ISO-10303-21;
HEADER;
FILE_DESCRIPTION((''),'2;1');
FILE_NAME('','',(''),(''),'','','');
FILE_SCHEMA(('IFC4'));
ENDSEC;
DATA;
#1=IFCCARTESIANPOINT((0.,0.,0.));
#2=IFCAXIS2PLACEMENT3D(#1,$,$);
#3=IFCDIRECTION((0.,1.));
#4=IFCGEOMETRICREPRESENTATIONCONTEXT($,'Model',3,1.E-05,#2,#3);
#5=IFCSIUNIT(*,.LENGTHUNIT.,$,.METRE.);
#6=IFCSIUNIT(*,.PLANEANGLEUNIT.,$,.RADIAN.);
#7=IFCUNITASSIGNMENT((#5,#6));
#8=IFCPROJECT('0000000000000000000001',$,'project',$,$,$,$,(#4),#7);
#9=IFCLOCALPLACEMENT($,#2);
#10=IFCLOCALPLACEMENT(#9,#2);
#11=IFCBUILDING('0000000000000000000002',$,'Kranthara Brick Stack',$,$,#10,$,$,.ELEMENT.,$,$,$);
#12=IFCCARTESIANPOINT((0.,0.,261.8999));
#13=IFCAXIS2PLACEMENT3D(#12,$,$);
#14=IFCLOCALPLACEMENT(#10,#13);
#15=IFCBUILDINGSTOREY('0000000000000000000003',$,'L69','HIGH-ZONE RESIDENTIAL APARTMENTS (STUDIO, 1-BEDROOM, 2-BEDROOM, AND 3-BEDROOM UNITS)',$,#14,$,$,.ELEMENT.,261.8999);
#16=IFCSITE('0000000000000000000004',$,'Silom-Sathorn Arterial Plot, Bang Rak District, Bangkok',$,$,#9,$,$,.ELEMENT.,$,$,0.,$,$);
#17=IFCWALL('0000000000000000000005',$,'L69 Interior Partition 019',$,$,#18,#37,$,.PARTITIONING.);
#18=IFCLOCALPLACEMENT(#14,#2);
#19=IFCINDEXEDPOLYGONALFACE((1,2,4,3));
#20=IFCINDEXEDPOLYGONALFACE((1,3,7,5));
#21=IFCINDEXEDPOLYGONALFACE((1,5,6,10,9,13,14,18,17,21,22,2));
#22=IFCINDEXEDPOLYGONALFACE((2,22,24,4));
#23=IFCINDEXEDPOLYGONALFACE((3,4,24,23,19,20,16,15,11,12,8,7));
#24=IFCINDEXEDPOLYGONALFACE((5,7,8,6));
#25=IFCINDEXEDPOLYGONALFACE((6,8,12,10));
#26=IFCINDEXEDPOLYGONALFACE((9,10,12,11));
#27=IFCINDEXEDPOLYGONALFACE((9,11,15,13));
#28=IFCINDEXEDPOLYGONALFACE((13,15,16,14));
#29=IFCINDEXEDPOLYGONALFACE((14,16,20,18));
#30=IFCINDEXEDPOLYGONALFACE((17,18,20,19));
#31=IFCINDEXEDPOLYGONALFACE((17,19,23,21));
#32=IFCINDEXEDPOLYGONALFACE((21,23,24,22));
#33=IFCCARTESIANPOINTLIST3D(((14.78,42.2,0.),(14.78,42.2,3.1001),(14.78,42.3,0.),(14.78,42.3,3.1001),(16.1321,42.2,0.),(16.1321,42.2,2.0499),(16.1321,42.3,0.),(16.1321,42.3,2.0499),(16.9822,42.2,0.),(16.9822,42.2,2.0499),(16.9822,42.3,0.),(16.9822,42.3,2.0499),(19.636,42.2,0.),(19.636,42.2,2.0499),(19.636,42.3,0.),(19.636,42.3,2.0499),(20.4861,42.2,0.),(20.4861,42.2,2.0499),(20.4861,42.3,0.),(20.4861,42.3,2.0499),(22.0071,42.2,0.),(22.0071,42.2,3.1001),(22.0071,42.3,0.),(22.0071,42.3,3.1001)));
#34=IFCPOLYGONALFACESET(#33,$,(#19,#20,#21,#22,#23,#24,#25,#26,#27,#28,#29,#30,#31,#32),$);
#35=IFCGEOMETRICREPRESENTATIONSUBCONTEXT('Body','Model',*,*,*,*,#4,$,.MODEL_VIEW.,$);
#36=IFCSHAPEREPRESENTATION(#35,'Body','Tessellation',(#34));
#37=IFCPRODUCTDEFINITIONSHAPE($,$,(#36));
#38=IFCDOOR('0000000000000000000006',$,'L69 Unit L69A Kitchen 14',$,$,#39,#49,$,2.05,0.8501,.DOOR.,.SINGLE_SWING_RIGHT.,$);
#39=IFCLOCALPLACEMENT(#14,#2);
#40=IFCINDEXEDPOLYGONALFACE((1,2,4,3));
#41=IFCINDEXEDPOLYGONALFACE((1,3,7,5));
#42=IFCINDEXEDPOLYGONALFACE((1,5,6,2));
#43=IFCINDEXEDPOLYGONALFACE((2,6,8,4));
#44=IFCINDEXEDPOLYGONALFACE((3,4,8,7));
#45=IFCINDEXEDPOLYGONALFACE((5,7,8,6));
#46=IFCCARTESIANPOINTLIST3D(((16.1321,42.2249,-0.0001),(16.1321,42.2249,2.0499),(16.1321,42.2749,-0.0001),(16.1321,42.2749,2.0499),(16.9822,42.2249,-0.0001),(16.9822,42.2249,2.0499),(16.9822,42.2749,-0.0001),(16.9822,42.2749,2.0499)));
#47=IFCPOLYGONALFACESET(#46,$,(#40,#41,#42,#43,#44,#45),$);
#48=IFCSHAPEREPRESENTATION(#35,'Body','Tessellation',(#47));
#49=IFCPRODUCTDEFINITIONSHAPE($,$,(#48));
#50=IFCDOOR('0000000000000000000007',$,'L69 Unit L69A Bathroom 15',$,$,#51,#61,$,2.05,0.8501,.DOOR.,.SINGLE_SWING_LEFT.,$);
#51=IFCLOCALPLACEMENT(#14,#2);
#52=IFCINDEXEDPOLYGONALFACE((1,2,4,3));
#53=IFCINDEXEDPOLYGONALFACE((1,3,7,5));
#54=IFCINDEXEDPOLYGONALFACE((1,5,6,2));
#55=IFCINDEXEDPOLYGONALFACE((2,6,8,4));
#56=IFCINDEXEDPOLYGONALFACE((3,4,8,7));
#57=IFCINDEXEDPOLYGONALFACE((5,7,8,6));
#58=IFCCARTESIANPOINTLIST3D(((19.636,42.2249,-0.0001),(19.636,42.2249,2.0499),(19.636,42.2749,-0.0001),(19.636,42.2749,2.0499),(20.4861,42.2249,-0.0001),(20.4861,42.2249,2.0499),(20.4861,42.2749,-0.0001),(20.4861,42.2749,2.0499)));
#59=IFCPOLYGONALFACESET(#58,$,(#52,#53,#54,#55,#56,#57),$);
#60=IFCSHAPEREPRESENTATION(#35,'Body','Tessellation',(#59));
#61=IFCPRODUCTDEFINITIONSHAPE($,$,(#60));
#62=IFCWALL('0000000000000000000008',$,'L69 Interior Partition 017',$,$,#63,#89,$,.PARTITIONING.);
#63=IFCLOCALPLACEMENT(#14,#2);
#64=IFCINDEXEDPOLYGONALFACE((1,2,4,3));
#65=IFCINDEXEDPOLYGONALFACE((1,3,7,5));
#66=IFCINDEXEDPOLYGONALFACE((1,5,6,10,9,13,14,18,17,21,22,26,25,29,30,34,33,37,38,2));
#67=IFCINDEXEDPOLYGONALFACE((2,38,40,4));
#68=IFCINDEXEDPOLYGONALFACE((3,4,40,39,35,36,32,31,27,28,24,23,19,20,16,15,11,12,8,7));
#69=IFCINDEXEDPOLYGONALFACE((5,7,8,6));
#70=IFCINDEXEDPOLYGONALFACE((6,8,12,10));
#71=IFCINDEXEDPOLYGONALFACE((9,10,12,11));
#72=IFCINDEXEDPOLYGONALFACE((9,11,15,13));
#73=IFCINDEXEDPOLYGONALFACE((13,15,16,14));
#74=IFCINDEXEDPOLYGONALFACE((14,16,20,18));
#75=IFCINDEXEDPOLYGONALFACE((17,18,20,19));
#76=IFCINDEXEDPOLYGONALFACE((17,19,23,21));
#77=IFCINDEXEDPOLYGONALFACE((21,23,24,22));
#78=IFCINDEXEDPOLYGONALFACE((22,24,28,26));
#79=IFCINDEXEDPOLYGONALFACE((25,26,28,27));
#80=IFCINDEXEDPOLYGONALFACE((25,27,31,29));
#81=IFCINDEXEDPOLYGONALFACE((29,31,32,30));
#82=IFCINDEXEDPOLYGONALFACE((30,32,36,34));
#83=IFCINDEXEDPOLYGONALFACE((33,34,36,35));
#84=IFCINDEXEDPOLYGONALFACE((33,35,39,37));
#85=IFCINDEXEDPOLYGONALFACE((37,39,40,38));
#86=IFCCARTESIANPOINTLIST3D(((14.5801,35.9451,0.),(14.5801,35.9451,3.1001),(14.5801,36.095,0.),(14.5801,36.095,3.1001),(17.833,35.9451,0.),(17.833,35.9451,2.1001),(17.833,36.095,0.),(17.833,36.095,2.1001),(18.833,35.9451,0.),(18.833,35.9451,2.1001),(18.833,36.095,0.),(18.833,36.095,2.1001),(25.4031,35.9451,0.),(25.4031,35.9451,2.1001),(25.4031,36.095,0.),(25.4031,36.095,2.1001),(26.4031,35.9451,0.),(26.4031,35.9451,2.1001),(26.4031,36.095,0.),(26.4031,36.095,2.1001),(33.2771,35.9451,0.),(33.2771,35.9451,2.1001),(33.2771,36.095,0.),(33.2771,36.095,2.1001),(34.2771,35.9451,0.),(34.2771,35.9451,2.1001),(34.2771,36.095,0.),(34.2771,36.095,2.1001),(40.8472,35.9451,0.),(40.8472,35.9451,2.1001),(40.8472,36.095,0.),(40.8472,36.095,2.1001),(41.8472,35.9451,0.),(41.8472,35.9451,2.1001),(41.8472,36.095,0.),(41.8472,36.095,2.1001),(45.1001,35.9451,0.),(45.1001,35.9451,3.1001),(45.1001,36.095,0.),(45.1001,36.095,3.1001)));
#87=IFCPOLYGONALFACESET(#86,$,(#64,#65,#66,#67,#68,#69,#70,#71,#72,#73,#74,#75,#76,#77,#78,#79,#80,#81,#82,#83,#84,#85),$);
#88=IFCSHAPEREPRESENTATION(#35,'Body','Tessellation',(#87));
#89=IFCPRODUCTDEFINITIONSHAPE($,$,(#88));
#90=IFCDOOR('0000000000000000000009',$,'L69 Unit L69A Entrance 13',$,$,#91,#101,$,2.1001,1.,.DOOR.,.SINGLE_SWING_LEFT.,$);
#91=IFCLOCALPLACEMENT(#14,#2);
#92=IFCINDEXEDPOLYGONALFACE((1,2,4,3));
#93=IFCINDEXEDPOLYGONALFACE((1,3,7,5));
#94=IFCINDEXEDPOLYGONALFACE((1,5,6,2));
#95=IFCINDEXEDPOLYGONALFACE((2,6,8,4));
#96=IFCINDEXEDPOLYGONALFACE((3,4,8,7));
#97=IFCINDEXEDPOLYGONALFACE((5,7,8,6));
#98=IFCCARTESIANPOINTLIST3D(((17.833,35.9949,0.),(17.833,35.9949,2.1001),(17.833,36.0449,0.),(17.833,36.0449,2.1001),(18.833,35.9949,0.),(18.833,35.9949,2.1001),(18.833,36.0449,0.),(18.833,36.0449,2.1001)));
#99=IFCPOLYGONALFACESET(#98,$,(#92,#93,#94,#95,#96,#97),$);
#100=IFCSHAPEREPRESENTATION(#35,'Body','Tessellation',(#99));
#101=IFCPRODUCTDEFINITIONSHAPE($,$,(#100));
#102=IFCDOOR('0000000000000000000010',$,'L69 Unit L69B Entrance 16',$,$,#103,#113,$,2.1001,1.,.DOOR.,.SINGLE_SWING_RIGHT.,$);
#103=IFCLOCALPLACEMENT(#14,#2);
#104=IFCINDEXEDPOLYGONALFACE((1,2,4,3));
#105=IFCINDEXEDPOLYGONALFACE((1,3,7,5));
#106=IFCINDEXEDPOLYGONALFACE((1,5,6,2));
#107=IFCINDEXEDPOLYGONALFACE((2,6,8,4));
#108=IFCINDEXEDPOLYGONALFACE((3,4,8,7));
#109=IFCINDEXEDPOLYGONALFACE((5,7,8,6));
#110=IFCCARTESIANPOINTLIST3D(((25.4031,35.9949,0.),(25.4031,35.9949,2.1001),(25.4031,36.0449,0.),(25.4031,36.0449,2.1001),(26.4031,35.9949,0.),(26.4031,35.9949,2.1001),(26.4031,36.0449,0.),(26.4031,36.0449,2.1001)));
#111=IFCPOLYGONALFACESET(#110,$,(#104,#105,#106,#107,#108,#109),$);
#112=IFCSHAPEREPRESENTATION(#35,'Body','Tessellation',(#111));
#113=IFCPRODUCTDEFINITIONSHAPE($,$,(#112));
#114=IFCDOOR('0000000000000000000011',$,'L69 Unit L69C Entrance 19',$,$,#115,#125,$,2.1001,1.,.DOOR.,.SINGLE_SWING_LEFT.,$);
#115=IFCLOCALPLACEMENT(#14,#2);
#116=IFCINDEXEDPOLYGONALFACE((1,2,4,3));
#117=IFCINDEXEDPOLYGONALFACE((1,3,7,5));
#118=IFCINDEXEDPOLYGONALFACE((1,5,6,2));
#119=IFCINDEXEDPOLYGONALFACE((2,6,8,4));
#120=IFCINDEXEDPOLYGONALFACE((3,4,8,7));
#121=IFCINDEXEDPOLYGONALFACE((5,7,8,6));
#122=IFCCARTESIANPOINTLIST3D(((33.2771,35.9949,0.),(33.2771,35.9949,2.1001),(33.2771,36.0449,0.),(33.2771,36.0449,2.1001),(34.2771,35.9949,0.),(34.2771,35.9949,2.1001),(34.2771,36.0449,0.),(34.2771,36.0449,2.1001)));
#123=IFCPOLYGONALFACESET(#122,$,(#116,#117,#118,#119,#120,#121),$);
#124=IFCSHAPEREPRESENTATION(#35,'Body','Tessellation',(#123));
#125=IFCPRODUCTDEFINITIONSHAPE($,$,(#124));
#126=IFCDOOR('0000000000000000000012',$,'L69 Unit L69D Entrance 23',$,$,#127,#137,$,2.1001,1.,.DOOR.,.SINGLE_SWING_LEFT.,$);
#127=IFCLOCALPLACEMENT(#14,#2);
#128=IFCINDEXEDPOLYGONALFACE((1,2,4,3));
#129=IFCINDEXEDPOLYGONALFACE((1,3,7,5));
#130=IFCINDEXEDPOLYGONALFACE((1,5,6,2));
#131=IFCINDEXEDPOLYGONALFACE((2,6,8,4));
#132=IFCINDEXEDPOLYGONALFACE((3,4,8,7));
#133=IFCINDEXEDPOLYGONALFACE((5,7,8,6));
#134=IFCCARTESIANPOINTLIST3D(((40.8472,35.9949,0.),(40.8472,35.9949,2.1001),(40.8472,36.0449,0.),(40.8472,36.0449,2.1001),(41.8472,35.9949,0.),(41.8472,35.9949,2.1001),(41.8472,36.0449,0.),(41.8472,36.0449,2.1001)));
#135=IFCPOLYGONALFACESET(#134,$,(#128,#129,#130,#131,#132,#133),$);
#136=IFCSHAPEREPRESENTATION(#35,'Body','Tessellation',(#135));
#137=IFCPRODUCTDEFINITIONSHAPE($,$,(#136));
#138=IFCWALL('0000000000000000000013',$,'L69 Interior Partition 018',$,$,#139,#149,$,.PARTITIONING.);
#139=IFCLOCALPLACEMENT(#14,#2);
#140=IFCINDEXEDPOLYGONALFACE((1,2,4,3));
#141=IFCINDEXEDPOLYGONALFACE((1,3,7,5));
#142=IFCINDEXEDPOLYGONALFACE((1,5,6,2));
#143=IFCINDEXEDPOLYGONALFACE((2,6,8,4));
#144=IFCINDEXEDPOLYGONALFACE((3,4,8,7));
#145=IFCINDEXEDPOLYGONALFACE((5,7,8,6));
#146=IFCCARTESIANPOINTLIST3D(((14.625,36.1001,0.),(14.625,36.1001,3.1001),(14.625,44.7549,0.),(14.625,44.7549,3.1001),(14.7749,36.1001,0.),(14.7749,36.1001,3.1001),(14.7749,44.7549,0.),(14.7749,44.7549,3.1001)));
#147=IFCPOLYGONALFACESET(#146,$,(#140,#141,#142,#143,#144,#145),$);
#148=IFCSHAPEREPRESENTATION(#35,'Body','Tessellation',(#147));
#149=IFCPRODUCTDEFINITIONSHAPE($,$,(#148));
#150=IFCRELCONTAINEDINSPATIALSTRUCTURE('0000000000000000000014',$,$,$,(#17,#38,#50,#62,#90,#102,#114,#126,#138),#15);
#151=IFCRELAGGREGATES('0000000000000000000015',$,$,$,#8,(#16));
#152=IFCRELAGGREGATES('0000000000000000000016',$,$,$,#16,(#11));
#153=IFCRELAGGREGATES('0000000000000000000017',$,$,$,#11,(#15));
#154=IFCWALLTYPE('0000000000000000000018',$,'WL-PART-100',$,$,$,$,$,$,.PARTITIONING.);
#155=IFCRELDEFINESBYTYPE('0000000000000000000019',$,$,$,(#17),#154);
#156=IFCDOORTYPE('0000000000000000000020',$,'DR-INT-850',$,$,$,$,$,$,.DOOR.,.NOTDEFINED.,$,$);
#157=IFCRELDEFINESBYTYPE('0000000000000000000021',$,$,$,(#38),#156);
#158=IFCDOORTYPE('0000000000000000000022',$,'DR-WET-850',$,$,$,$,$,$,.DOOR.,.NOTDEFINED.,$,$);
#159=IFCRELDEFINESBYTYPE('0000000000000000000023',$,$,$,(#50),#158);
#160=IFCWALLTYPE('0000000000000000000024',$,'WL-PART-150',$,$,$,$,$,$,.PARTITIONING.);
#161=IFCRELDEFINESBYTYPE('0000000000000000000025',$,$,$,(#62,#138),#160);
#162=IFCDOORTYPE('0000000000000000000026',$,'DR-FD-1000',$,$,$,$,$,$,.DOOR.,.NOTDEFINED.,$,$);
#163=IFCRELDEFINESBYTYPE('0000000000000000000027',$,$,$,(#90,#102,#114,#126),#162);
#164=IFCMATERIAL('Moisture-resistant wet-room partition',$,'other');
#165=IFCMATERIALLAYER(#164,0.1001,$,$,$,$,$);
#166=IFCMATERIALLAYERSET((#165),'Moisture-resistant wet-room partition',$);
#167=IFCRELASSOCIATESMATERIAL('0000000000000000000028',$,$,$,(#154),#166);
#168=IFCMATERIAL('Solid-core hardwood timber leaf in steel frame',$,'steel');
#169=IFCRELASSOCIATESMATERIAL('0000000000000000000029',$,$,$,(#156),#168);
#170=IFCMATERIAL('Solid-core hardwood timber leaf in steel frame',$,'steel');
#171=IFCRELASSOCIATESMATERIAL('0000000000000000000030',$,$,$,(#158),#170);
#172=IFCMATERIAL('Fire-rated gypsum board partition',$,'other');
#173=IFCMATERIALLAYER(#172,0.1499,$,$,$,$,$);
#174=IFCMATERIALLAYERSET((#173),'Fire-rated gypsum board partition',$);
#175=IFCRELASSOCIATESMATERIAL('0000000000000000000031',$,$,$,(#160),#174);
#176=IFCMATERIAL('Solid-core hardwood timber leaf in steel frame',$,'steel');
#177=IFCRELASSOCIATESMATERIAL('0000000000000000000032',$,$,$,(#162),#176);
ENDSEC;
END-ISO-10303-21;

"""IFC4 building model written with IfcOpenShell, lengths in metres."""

from ifc_helpers import new_model, si_unit, direction, frame, frame_2d, origin, place, context, subcontext, project, spatial, rectangle, extrude, material, layer, layer_set, type_object, element, fill, save


model = new_model("IFC4")

# Units and contexts
model_context = context("Model", 3, precision=1e-05, world=origin(), true_north=direction((0.0, 1.0)))
body_context = subcontext(model_context, "Body", "Model", "MODEL_VIEW")
ifc_project = project(units=[si_unit("LENGTHUNIT", "METRE"), si_unit("PLANEANGLEUNIT", "RADIAN")], contexts=[model_context])

# Site, building, storey
site_placement = place(None, origin())
site = spatial("IfcSite", under=ifc_project, at=site_placement, Name="Silom-Sathorn Arterial Plot, Bang Rak District, Bangkok", CompositionType="ELEMENT", RefElevation=0.0)
building_placement = place(site_placement, origin())
building = spatial("IfcBuilding", under=site, at=building_placement, Name="Kranthara Brick Stack", CompositionType="ELEMENT")
storey_placement = place(building_placement, frame((0.0, 0.0, 261.8999)))
storey = spatial("IfcBuildingStorey", under=building, at=storey_placement, Name="L69", Description="HIGH-ZONE RESIDENTIAL APARTMENTS (STUDIO, 1-BEDROOM, 2-BEDROOM, AND 3-BEDROOM UNITS)", CompositionType="ELEMENT", Elevation=261.8999)

# Walls, openings, doors
ifc_material_1 = material(Name="Moisture-resistant wet-room partition", Category="other")
ifc_layer_1 = layer(ifc_material_1, 0.1001)
ifc_layer_set_1 = layer_set([ifc_layer_1], Name="Moisture-resistant wet-room partition")
wall_type_1 = type_object("IfcWallType", Name="WL-PART-100", PredefinedType="PARTITIONING", material=ifc_layer_set_1)
wall_1_placement = place(storey_placement, frame((14.78, 42.25, 0.0), z_axis=(0.0, 0.0, 1.0), x_axis=(1.0, 0.0, 0.0)))
wall_1 = element("IfcWall", 1, at=wall_1_placement, inside=storey, type_object=wall_type_1, Name="L69 Interior Partition 019", PredefinedType="PARTITIONING", context=body_context, shape_type="SweptSolid", body=[
    extrude(rectangle(XDim=7.2271, YDim=0.1001, at=frame_2d((3.6135, 0.0))), origin(), (0.0, 0.0, 1.0), 3.1001),
])
opening_1_placement = place(wall_1_placement, frame((1.3521, 0.0, 0.0)))
opening_1 = element("IfcOpeningElement", 2, at=opening_1_placement, cuts=wall_1, PredefinedType="OPENING", context=body_context, shape_type="SweptSolid", body=[
    extrude(rectangle(XDim=0.8501, YDim=2.05, at=frame_2d((0.425, 1.0249))), frame((0.0, 0.0601, 0.0), z_axis=(0.0, -1.0, 0.0), x_axis=(1.0, 0.0, 0.0)), (0.0, 0.0, 1.0), 0.1201),
])
opening_2_placement = place(wall_1_placement, frame((4.856, 0.0, 0.0)))
opening_2 = element("IfcOpeningElement", 3, at=opening_2_placement, cuts=wall_1, PredefinedType="OPENING", context=body_context, shape_type="SweptSolid", body=[
    extrude(rectangle(XDim=0.8501, YDim=2.05, at=frame_2d((0.425, 1.0249))), frame((0.0, 0.0601, 0.0), z_axis=(0.0, -1.0, 0.0), x_axis=(1.0, 0.0, 0.0)), (0.0, 0.0, 1.0), 0.1201),
])
ifc_material_2 = material(Name="Solid-core hardwood timber leaf in steel frame", Category="steel")
door_type_1 = type_object("IfcDoorType", Name="DR-INT-850", OperationType="NOTDEFINED", PredefinedType="DOOR", material=ifc_material_2)
door_1_placement = place(opening_1_placement, origin())
door_1 = element("IfcDoor", 4, at=door_1_placement, inside=storey, type_object=door_type_1, Name="L69 Unit L69A Kitchen 14", OperationType="SINGLE_SWING_RIGHT", OverallHeight=2.05, OverallWidth=0.8501, PredefinedType="DOOR", context=body_context, shape_type="SweptSolid", body=[
    extrude(rectangle(XDim=0.8501, YDim=2.05, at=frame_2d((0.425, 1.0249))), frame((0.0, 0.0249, 0.0), z_axis=(0.0, -1.0, 0.0), x_axis=(1.0, 0.0, 0.0)), (0.0, 0.0, 1.0), 0.05),
])
fill(opening_1, door_1)
ifc_material_3 = material(Name="Solid-core hardwood timber leaf in steel frame", Category="steel")
door_type_2 = type_object("IfcDoorType", Name="DR-WET-850", OperationType="NOTDEFINED", PredefinedType="DOOR", material=ifc_material_3)
door_2_placement = place(opening_2_placement, origin())
door_2 = element("IfcDoor", 5, at=door_2_placement, inside=storey, type_object=door_type_2, Name="L69 Unit L69A Bathroom 15", OperationType="SINGLE_SWING_LEFT", OverallHeight=2.05, OverallWidth=0.8501, PredefinedType="DOOR", context=body_context, shape_type="SweptSolid", body=[
    extrude(rectangle(XDim=0.8501, YDim=2.05, at=frame_2d((0.425, 1.0249))), frame((0.0, 0.0249, 0.0), z_axis=(0.0, -1.0, 0.0), x_axis=(1.0, 0.0, 0.0)), (0.0, 0.0, 1.0), 0.05),
])
fill(opening_2, door_2)
ifc_material_4 = material(Name="Fire-rated gypsum board partition", Category="other")
ifc_layer_2 = layer(ifc_material_4, 0.1499)
ifc_layer_set_2 = layer_set([ifc_layer_2], Name="Fire-rated gypsum board partition")
wall_type_2 = type_object("IfcWallType", Name="WL-PART-150", PredefinedType="PARTITIONING", material=ifc_layer_set_2)
wall_2_placement = place(storey_placement, frame((14.5801, 36.02, 0.0), z_axis=(0.0, 0.0, 1.0), x_axis=(1.0, 0.0, 0.0)))
wall_2 = element("IfcWall", 6, at=wall_2_placement, inside=storey, type_object=wall_type_2, Name="L69 Interior Partition 017", PredefinedType="PARTITIONING", context=body_context, shape_type="SweptSolid", body=[
    extrude(rectangle(XDim=30.52, YDim=0.1499, at=frame_2d((15.26, 0.0))), origin(), (0.0, 0.0, 1.0), 3.1001),
])
opening_3_placement = place(wall_2_placement, frame((3.2529, 0.0, 0.0)))
opening_3 = element("IfcOpeningElement", 7, at=opening_3_placement, cuts=wall_2, PredefinedType="OPENING", context=body_context, shape_type="SweptSolid", body=[
    extrude(rectangle(XDim=1.0, YDim=2.1001, at=frame_2d((0.5, 1.05))), frame((0.0, 0.085, 0.0), z_axis=(0.0, -1.0, 0.0), x_axis=(1.0, 0.0, 0.0)), (0.0, 0.0, 1.0), 0.1699),
])
opening_4_placement = place(wall_2_placement, frame((10.823, 0.0, 0.0)))
opening_4 = element("IfcOpeningElement", 8, at=opening_4_placement, cuts=wall_2, PredefinedType="OPENING", context=body_context, shape_type="SweptSolid", body=[
    extrude(rectangle(XDim=1.0, YDim=2.1001, at=frame_2d((0.5, 1.05))), frame((0.0, 0.085, 0.0), z_axis=(0.0, -1.0, 0.0), x_axis=(1.0, 0.0, 0.0)), (0.0, 0.0, 1.0), 0.1699),
])
opening_5_placement = place(wall_2_placement, frame((18.697, 0.0, 0.0)))
opening_5 = element("IfcOpeningElement", 9, at=opening_5_placement, cuts=wall_2, PredefinedType="OPENING", context=body_context, shape_type="SweptSolid", body=[
    extrude(rectangle(XDim=1.0, YDim=2.1001, at=frame_2d((0.5, 1.05))), frame((0.0, 0.085, 0.0), z_axis=(0.0, -1.0, 0.0), x_axis=(1.0, 0.0, 0.0)), (0.0, 0.0, 1.0), 0.1699),
])
opening_6_placement = place(wall_2_placement, frame((26.2671, 0.0, 0.0)))
opening_6 = element("IfcOpeningElement", 10, at=opening_6_placement, cuts=wall_2, PredefinedType="OPENING", context=body_context, shape_type="SweptSolid", body=[
    extrude(rectangle(XDim=1.0, YDim=2.1001, at=frame_2d((0.5, 1.05))), frame((0.0, 0.085, 0.0), z_axis=(0.0, -1.0, 0.0), x_axis=(1.0, 0.0, 0.0)), (0.0, 0.0, 1.0), 0.1699),
])
ifc_material_5 = material(Name="Solid-core hardwood timber leaf in steel frame", Category="steel")
door_type_3 = type_object("IfcDoorType", Name="DR-FD-1000", OperationType="NOTDEFINED", PredefinedType="DOOR", material=ifc_material_5)
door_3_placement = place(opening_3_placement, origin())
door_3 = element("IfcDoor", 11, at=door_3_placement, inside=storey, type_object=door_type_3, Name="L69 Unit L69A Entrance 13", OperationType="SINGLE_SWING_LEFT", OverallHeight=2.1001, OverallWidth=1.0, PredefinedType="DOOR", context=body_context, shape_type="SweptSolid", body=[
    extrude(rectangle(XDim=1.0, YDim=2.1001, at=frame_2d((0.5, 1.05))), frame((0.0, 0.0249, 0.0), z_axis=(0.0, -1.0, 0.0), x_axis=(1.0, 0.0, 0.0)), (0.0, 0.0, 1.0), 0.05),
])
fill(opening_3, door_3)
door_4_placement = place(opening_4_placement, origin())
door_4 = element("IfcDoor", 12, at=door_4_placement, inside=storey, type_object=door_type_3, Name="L69 Unit L69B Entrance 16", OperationType="SINGLE_SWING_RIGHT", OverallHeight=2.1001, OverallWidth=1.0, PredefinedType="DOOR", context=body_context, shape_type="SweptSolid", body=[
    extrude(rectangle(XDim=1.0, YDim=2.1001, at=frame_2d((0.5, 1.05))), frame((0.0, 0.0249, 0.0), z_axis=(0.0, -1.0, 0.0), x_axis=(1.0, 0.0, 0.0)), (0.0, 0.0, 1.0), 0.05),
])
fill(opening_4, door_4)
door_5_placement = place(opening_5_placement, origin())
door_5 = element("IfcDoor", 13, at=door_5_placement, inside=storey, type_object=door_type_3, Name="L69 Unit L69C Entrance 19", OperationType="SINGLE_SWING_LEFT", OverallHeight=2.1001, OverallWidth=1.0, PredefinedType="DOOR", context=body_context, shape_type="SweptSolid", body=[
    extrude(rectangle(XDim=1.0, YDim=2.1001, at=frame_2d((0.5, 1.05))), frame((0.0, 0.0249, 0.0), z_axis=(0.0, -1.0, 0.0), x_axis=(1.0, 0.0, 0.0)), (0.0, 0.0, 1.0), 0.05),
])
fill(opening_5, door_5)
door_6_placement = place(opening_6_placement, origin())
door_6 = element("IfcDoor", 14, at=door_6_placement, inside=storey, type_object=door_type_3, Name="L69 Unit L69D Entrance 23", OperationType="SINGLE_SWING_LEFT", OverallHeight=2.1001, OverallWidth=1.0, PredefinedType="DOOR", context=body_context, shape_type="SweptSolid", body=[
    extrude(rectangle(XDim=1.0, YDim=2.1001, at=frame_2d((0.5, 1.05))), frame((0.0, 0.0249, 0.0), z_axis=(0.0, -1.0, 0.0), x_axis=(1.0, 0.0, 0.0)), (0.0, 0.0, 1.0), 0.05),
])
fill(opening_6, door_6)

# Wall
wall_3_placement = place(storey_placement, frame((14.7, 36.1001, 0.0), z_axis=(0.0, 0.0, 1.0), x_axis=(0.0, 1.0, 0.0)))
element("IfcWall", 15, at=wall_3_placement, inside=storey, type_object=wall_type_2, Name="L69 Interior Partition 018", PredefinedType="PARTITIONING", context=body_context, shape_type="SweptSolid", body=[
    extrude(rectangle(XDim=8.6548, YDim=0.1499, at=frame_2d((4.3274, 0.0))), origin(), (0.0, 0.0, 1.0), 3.1001),
])

save(model, "model.ifc")
